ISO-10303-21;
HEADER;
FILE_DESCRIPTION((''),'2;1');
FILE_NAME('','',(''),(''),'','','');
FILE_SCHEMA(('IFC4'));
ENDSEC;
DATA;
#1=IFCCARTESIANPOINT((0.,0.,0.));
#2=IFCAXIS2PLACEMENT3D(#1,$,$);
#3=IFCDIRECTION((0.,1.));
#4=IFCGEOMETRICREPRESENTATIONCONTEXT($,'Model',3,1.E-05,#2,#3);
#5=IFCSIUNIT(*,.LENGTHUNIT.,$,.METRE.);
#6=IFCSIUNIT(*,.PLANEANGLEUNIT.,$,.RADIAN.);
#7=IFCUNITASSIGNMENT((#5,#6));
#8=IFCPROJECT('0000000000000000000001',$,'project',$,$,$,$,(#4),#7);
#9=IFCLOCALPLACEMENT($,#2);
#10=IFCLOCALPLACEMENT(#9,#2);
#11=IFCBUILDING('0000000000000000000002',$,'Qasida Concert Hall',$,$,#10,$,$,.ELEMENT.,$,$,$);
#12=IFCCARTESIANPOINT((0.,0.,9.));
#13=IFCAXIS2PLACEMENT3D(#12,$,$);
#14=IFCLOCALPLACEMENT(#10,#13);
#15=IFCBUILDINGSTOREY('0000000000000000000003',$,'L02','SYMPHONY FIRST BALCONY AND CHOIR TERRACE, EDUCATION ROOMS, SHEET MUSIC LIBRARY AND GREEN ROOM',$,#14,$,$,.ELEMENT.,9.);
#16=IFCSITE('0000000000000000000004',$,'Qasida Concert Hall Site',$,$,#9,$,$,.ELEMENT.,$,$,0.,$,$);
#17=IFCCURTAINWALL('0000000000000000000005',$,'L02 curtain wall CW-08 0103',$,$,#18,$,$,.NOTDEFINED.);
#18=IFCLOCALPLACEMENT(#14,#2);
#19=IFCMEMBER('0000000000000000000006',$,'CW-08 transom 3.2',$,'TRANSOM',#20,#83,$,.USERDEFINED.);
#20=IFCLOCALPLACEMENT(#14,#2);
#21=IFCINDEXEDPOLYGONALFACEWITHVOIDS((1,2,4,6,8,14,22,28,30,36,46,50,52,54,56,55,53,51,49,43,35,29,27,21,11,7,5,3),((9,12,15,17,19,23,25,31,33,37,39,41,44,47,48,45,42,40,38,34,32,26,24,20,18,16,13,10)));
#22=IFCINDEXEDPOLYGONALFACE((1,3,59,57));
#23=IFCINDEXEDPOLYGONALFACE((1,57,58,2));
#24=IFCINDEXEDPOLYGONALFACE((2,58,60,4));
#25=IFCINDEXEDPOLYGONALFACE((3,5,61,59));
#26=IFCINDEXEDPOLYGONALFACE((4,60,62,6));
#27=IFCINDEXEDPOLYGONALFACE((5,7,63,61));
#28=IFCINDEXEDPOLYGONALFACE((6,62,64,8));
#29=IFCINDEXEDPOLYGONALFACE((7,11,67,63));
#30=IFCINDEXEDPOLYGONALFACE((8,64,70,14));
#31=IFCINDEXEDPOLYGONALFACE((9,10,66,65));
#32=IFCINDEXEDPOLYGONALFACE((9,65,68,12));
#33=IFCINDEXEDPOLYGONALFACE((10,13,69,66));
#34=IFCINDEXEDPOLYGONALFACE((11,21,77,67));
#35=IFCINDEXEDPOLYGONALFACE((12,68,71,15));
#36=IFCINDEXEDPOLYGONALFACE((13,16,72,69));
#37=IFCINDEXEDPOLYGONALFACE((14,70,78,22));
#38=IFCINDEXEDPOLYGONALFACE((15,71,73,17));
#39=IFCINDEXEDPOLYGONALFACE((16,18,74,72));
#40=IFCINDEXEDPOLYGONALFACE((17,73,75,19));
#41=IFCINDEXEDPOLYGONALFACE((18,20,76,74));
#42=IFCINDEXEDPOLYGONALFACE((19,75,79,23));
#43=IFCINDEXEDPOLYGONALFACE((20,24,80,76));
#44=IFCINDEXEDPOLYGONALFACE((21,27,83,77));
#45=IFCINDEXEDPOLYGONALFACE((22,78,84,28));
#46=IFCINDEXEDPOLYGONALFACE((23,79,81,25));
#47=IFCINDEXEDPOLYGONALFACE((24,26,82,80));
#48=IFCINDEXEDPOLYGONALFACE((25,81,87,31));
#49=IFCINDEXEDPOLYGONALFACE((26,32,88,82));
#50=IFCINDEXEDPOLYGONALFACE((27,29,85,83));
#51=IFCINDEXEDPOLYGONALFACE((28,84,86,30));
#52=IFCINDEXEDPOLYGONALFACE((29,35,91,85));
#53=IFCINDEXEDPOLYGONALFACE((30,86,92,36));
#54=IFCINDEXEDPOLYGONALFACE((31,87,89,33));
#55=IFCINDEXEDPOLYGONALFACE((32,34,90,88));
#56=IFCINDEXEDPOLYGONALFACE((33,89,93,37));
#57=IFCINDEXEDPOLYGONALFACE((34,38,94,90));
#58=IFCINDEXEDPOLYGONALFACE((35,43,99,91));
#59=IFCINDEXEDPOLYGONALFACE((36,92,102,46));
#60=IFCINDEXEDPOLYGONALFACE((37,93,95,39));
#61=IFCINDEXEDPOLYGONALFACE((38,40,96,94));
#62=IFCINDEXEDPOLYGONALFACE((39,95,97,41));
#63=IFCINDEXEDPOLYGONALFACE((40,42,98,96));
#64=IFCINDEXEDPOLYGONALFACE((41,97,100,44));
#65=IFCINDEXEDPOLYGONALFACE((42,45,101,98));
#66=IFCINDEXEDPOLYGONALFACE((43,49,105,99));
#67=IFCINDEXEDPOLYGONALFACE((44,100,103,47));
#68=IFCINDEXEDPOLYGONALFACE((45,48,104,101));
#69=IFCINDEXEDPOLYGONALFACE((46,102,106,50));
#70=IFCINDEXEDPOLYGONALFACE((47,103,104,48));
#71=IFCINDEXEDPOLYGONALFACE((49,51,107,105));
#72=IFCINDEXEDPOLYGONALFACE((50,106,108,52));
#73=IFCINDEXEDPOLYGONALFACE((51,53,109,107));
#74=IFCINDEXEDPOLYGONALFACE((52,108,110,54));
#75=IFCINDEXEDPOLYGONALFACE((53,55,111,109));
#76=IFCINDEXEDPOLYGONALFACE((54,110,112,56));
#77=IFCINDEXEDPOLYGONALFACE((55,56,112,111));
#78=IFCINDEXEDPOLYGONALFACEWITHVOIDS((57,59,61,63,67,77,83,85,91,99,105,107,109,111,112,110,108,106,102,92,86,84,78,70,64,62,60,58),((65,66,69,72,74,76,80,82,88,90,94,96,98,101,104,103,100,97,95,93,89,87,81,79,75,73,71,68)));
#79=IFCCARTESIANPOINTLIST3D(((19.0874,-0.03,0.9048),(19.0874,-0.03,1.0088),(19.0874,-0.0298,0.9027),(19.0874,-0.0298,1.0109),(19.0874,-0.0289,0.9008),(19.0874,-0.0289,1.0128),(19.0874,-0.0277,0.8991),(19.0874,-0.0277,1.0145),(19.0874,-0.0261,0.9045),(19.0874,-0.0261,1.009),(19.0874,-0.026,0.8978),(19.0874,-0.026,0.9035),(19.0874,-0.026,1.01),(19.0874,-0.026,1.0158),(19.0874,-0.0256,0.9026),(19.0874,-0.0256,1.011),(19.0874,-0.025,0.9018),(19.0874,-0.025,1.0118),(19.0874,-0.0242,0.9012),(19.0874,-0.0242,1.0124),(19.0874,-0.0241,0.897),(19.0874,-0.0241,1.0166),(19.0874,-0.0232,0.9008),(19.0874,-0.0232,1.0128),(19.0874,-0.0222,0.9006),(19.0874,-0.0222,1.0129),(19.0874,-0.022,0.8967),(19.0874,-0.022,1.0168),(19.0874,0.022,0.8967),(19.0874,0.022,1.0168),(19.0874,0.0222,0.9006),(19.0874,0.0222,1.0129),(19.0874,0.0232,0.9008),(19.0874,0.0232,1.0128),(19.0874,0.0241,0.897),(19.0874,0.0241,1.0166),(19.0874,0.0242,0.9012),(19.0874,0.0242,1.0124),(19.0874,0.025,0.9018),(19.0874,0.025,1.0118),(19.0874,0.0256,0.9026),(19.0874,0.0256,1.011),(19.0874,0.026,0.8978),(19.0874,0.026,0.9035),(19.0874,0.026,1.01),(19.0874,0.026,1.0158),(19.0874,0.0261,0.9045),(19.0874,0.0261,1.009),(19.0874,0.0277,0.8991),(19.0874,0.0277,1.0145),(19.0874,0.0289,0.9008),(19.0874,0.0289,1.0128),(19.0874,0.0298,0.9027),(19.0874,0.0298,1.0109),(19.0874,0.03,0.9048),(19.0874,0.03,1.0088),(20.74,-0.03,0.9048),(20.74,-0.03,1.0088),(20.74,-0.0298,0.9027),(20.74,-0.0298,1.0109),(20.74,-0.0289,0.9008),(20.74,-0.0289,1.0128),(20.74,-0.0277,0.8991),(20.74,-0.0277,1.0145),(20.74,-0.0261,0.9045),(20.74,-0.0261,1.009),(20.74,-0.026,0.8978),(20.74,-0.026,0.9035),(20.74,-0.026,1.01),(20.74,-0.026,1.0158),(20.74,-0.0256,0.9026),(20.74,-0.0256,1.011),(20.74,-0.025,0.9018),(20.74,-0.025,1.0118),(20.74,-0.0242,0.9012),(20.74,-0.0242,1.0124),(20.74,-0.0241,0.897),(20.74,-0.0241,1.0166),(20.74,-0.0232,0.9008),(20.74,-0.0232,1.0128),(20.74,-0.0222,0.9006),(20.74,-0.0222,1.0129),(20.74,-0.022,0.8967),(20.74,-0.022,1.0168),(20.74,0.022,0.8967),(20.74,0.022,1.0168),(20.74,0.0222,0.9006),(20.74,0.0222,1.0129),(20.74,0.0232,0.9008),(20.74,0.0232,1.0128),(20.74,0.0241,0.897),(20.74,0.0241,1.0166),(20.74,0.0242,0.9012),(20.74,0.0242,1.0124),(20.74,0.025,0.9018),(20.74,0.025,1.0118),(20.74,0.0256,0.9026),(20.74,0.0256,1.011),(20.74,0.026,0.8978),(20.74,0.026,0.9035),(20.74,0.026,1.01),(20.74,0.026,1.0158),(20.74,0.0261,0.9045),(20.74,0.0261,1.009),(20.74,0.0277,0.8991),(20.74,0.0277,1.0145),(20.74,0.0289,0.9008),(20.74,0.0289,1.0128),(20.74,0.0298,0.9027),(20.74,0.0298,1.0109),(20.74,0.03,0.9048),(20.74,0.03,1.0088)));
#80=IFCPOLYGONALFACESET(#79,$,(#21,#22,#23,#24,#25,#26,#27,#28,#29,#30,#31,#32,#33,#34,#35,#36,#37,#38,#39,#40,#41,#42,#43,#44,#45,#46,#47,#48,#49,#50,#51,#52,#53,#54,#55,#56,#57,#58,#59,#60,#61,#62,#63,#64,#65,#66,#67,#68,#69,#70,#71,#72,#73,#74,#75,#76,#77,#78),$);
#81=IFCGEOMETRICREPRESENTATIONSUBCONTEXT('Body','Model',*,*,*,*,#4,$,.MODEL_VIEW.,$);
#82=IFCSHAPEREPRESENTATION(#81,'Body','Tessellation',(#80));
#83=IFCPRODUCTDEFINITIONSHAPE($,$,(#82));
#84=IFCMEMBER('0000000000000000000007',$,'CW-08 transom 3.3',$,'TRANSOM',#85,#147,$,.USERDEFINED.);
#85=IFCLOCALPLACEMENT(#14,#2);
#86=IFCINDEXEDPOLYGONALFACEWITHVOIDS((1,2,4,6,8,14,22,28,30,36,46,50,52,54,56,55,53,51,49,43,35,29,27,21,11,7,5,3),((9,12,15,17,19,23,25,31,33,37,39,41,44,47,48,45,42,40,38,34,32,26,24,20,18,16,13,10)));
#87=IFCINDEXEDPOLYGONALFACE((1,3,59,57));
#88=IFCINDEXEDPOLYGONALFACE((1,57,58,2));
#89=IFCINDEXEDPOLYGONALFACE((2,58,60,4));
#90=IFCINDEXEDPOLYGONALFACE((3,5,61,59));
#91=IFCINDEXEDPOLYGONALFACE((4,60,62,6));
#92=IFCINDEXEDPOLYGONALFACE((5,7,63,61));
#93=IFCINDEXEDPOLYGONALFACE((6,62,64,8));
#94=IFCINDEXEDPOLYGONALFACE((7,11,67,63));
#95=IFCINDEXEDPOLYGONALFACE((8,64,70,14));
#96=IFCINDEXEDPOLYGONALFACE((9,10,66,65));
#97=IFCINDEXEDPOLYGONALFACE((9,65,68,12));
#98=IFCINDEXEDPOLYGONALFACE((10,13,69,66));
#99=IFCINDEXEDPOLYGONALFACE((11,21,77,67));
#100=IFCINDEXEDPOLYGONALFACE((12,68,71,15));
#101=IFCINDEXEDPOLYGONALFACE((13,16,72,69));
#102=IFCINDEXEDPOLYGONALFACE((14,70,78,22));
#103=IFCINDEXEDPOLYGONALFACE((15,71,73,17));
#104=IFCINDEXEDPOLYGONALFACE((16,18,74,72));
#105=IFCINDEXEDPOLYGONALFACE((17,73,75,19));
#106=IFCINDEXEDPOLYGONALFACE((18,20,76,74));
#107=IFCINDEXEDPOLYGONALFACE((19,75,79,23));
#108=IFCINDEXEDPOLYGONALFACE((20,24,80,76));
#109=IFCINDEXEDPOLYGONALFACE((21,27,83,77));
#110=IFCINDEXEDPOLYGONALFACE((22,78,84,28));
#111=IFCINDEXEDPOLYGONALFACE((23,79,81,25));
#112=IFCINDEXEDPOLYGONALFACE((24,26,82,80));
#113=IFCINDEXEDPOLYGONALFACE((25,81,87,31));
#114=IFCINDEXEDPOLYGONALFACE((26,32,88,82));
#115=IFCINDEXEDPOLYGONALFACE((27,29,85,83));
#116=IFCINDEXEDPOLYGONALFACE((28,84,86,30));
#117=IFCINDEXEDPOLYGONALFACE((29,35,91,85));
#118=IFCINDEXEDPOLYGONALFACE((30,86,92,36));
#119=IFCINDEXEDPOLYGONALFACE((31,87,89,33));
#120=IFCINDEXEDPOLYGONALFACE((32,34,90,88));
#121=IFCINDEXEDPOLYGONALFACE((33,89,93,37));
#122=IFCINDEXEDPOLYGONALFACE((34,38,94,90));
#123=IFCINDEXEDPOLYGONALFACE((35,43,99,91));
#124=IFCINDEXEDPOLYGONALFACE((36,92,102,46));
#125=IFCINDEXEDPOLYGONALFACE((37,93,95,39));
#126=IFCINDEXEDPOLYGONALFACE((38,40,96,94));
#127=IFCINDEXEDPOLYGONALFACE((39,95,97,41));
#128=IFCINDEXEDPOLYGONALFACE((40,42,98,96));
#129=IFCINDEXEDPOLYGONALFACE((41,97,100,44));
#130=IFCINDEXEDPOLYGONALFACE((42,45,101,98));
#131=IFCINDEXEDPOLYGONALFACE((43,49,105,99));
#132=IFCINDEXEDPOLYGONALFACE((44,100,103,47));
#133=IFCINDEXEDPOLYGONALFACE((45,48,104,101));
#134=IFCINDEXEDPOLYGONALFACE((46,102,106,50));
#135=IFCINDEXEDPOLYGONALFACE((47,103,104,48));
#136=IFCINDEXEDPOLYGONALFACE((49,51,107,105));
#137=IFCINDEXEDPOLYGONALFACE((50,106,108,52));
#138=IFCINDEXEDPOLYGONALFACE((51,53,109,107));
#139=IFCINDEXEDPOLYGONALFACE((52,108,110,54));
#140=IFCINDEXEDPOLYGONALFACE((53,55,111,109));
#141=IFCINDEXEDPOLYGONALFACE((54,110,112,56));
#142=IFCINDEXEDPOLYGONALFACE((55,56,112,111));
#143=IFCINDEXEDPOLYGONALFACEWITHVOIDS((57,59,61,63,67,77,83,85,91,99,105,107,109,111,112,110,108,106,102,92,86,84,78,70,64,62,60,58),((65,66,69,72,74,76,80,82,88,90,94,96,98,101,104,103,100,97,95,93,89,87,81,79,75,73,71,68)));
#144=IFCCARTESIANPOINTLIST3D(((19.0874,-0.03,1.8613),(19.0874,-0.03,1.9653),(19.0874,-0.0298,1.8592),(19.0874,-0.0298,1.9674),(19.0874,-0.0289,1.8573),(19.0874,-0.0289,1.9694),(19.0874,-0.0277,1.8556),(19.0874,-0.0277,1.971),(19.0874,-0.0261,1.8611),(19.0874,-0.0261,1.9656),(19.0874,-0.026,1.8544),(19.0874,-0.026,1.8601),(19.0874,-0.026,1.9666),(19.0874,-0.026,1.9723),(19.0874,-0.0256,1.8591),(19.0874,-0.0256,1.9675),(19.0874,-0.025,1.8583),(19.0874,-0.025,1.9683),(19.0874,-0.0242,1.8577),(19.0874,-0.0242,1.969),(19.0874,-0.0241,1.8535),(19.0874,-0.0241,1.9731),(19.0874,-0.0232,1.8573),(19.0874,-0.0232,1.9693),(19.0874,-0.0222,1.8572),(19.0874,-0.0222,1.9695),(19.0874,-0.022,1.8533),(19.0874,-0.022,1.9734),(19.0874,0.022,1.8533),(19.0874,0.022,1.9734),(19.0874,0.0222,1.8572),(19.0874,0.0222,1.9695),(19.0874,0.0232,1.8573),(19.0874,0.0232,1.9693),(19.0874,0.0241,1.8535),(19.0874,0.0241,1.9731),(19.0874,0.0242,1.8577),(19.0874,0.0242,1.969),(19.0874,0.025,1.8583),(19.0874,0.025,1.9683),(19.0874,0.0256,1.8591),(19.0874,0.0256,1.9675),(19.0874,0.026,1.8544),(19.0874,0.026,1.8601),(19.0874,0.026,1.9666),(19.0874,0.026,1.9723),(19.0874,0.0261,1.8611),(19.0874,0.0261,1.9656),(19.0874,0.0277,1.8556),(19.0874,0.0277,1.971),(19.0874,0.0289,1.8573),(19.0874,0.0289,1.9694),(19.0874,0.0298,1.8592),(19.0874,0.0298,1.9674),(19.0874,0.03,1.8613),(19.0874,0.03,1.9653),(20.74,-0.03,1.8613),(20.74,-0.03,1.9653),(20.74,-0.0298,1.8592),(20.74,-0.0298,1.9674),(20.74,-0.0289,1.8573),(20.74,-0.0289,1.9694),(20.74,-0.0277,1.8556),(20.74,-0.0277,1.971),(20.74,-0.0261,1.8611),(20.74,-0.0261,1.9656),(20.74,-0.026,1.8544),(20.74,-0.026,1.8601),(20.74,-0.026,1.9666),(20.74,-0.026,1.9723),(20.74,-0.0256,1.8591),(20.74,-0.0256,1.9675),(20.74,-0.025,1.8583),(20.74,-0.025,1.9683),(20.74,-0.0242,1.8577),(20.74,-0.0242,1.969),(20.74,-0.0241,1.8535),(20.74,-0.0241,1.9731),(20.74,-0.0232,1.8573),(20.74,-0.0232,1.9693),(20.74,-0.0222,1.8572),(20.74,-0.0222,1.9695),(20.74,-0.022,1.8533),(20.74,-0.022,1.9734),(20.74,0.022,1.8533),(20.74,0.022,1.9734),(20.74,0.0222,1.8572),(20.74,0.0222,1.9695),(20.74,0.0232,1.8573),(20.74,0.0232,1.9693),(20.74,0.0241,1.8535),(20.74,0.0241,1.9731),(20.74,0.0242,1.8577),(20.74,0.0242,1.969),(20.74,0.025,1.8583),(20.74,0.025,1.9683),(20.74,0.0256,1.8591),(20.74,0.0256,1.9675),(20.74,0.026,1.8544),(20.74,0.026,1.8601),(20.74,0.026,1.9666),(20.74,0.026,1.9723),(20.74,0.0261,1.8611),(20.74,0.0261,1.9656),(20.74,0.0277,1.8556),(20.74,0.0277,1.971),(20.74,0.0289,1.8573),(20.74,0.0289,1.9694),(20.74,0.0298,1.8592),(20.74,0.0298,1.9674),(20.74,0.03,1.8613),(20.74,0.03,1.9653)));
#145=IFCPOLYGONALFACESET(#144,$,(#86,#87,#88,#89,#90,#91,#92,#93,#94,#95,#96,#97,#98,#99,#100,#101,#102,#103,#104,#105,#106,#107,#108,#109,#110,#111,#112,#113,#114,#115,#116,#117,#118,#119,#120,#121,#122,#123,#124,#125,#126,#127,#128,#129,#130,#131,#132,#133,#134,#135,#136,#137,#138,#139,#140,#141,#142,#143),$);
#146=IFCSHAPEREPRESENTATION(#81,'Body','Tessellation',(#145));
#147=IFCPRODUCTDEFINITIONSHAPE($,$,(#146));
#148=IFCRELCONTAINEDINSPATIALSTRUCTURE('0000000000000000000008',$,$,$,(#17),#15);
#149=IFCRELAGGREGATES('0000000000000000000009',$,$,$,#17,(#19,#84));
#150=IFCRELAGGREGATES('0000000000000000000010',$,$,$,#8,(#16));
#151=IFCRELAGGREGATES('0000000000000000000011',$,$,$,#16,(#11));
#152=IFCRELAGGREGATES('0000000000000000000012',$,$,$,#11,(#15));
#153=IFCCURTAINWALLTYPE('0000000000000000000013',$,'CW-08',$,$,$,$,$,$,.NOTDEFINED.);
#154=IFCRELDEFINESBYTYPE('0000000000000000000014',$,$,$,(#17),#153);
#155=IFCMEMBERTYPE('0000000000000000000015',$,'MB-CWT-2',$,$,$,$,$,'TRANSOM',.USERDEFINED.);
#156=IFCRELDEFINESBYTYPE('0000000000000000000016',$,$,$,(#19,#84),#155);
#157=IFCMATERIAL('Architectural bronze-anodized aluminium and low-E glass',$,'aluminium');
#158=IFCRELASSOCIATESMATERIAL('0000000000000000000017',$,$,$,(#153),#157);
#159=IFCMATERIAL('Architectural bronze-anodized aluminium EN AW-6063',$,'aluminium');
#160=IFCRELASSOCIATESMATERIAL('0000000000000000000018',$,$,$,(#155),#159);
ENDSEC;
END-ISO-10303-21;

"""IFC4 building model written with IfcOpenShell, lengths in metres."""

from ifc_helpers import new_model, si_unit, direction, frame, origin, origin_2d, place, context, subcontext, project, spatial, hollow_rectangle, extrude, material, material_profile, profile_set, type_object, element, aggregate, save


model = new_model("IFC4")

# Units and contexts
model_context = context("Model", 3, precision=1e-05, world=origin(), true_north=direction((0.0, 1.0)))
body_context = subcontext(model_context, "Body", "Model", "MODEL_VIEW")
ifc_project = project(units=[si_unit("LENGTHUNIT", "METRE"), si_unit("PLANEANGLEUNIT", "RADIAN")], contexts=[model_context])

# Site, building, storey
site_placement = place(None, origin())
site = spatial("IfcSite", under=ifc_project, at=site_placement, Name="Qasida Concert Hall Site", CompositionType="ELEMENT", RefElevation=0.0)
building_placement = place(site_placement, origin())
building = spatial("IfcBuilding", under=site, at=building_placement, Name="Qasida Concert Hall", CompositionType="ELEMENT")
storey_placement = place(building_placement, frame((0.0, 0.0, 9.0)))
storey = spatial("IfcBuildingStorey", under=building, at=storey_placement, Name="L02", Description="SYMPHONY FIRST BALCONY AND CHOIR TERRACE, EDUCATION ROOMS, SHEET MUSIC LIBRARY AND GREEN ROOM", CompositionType="ELEMENT", Elevation=9.0)

# Curtain wall, members
ifc_material_1 = material(Name="Architectural bronze-anodized aluminium and low-E glass", Category="aluminium")
curtain_wall_type = type_object("IfcCurtainWallType", Name="CW-08", PredefinedType="NOTDEFINED", material=ifc_material_1)
curtain_wall_placement = place(storey_placement, origin())
curtain_wall = element("IfcCurtainWall", 1, at=curtain_wall_placement, inside=storey, type_object=curtain_wall_type, Name="L02 curtain wall CW-08 0103", PredefinedType="NOTDEFINED")
ifc_material_2 = material(Name="Architectural bronze-anodized aluminium EN AW-6063", Category="aluminium")
ifc_material_profile_1 = material_profile(ifc_material_2, hollow_rectangle(XDim=0.0601, YDim=0.1201, WallThickness=0.0039, InnerFilletRadius=0.0039, OuterFilletRadius=0.0081, at=origin_2d()), Name="CWT 120x60x4")
ifc_profile_set_1 = profile_set([ifc_material_profile_1], Name="Architectural bronze-anodized aluminium EN AW-6063")
member_type_1 = type_object("IfcMemberType", Name="MB-CWT-2", ElementType="TRANSOM", PredefinedType="USERDEFINED", material=ifc_profile_set_1)
member_1_placement = place(storey_placement, frame((19.0874, 0.0, 0.9568), z_axis=(1.0, 0.0, 0.0), x_axis=(0.0, 1.0, 0.0)))
member_1 = element("IfcMember", 2, at=member_1_placement, type_object=member_type_1, Name="CW-08 transom 3.2", ObjectType="TRANSOM", PredefinedType="USERDEFINED", context=body_context, shape_type="SweptSolid", body=[
    extrude(hollow_rectangle(XDim=0.0601, YDim=0.1201, WallThickness=0.0039, InnerFilletRadius=0.0039, OuterFilletRadius=0.0081, at=origin_2d()), origin(), (0.0, 0.0, 1.0), 1.6526),
])
member_2_placement = place(storey_placement, frame((19.0874, 0.0, 1.9133), z_axis=(1.0, 0.0, 0.0), x_axis=(0.0, 1.0, 0.0)))
member_2 = element("IfcMember", 3, at=member_2_placement, type_object=member_type_1, Name="CW-08 transom 3.3", ObjectType="TRANSOM", PredefinedType="USERDEFINED", context=body_context, shape_type="SweptSolid", body=[
    extrude(hollow_rectangle(XDim=0.0601, YDim=0.1201, WallThickness=0.0039, InnerFilletRadius=0.0039, OuterFilletRadius=0.0081, at=origin_2d()), origin(), (0.0, 0.0, 1.0), 1.6526),
])
aggregate(curtain_wall, [member_1, member_2])

save(model, "model.ifc")
